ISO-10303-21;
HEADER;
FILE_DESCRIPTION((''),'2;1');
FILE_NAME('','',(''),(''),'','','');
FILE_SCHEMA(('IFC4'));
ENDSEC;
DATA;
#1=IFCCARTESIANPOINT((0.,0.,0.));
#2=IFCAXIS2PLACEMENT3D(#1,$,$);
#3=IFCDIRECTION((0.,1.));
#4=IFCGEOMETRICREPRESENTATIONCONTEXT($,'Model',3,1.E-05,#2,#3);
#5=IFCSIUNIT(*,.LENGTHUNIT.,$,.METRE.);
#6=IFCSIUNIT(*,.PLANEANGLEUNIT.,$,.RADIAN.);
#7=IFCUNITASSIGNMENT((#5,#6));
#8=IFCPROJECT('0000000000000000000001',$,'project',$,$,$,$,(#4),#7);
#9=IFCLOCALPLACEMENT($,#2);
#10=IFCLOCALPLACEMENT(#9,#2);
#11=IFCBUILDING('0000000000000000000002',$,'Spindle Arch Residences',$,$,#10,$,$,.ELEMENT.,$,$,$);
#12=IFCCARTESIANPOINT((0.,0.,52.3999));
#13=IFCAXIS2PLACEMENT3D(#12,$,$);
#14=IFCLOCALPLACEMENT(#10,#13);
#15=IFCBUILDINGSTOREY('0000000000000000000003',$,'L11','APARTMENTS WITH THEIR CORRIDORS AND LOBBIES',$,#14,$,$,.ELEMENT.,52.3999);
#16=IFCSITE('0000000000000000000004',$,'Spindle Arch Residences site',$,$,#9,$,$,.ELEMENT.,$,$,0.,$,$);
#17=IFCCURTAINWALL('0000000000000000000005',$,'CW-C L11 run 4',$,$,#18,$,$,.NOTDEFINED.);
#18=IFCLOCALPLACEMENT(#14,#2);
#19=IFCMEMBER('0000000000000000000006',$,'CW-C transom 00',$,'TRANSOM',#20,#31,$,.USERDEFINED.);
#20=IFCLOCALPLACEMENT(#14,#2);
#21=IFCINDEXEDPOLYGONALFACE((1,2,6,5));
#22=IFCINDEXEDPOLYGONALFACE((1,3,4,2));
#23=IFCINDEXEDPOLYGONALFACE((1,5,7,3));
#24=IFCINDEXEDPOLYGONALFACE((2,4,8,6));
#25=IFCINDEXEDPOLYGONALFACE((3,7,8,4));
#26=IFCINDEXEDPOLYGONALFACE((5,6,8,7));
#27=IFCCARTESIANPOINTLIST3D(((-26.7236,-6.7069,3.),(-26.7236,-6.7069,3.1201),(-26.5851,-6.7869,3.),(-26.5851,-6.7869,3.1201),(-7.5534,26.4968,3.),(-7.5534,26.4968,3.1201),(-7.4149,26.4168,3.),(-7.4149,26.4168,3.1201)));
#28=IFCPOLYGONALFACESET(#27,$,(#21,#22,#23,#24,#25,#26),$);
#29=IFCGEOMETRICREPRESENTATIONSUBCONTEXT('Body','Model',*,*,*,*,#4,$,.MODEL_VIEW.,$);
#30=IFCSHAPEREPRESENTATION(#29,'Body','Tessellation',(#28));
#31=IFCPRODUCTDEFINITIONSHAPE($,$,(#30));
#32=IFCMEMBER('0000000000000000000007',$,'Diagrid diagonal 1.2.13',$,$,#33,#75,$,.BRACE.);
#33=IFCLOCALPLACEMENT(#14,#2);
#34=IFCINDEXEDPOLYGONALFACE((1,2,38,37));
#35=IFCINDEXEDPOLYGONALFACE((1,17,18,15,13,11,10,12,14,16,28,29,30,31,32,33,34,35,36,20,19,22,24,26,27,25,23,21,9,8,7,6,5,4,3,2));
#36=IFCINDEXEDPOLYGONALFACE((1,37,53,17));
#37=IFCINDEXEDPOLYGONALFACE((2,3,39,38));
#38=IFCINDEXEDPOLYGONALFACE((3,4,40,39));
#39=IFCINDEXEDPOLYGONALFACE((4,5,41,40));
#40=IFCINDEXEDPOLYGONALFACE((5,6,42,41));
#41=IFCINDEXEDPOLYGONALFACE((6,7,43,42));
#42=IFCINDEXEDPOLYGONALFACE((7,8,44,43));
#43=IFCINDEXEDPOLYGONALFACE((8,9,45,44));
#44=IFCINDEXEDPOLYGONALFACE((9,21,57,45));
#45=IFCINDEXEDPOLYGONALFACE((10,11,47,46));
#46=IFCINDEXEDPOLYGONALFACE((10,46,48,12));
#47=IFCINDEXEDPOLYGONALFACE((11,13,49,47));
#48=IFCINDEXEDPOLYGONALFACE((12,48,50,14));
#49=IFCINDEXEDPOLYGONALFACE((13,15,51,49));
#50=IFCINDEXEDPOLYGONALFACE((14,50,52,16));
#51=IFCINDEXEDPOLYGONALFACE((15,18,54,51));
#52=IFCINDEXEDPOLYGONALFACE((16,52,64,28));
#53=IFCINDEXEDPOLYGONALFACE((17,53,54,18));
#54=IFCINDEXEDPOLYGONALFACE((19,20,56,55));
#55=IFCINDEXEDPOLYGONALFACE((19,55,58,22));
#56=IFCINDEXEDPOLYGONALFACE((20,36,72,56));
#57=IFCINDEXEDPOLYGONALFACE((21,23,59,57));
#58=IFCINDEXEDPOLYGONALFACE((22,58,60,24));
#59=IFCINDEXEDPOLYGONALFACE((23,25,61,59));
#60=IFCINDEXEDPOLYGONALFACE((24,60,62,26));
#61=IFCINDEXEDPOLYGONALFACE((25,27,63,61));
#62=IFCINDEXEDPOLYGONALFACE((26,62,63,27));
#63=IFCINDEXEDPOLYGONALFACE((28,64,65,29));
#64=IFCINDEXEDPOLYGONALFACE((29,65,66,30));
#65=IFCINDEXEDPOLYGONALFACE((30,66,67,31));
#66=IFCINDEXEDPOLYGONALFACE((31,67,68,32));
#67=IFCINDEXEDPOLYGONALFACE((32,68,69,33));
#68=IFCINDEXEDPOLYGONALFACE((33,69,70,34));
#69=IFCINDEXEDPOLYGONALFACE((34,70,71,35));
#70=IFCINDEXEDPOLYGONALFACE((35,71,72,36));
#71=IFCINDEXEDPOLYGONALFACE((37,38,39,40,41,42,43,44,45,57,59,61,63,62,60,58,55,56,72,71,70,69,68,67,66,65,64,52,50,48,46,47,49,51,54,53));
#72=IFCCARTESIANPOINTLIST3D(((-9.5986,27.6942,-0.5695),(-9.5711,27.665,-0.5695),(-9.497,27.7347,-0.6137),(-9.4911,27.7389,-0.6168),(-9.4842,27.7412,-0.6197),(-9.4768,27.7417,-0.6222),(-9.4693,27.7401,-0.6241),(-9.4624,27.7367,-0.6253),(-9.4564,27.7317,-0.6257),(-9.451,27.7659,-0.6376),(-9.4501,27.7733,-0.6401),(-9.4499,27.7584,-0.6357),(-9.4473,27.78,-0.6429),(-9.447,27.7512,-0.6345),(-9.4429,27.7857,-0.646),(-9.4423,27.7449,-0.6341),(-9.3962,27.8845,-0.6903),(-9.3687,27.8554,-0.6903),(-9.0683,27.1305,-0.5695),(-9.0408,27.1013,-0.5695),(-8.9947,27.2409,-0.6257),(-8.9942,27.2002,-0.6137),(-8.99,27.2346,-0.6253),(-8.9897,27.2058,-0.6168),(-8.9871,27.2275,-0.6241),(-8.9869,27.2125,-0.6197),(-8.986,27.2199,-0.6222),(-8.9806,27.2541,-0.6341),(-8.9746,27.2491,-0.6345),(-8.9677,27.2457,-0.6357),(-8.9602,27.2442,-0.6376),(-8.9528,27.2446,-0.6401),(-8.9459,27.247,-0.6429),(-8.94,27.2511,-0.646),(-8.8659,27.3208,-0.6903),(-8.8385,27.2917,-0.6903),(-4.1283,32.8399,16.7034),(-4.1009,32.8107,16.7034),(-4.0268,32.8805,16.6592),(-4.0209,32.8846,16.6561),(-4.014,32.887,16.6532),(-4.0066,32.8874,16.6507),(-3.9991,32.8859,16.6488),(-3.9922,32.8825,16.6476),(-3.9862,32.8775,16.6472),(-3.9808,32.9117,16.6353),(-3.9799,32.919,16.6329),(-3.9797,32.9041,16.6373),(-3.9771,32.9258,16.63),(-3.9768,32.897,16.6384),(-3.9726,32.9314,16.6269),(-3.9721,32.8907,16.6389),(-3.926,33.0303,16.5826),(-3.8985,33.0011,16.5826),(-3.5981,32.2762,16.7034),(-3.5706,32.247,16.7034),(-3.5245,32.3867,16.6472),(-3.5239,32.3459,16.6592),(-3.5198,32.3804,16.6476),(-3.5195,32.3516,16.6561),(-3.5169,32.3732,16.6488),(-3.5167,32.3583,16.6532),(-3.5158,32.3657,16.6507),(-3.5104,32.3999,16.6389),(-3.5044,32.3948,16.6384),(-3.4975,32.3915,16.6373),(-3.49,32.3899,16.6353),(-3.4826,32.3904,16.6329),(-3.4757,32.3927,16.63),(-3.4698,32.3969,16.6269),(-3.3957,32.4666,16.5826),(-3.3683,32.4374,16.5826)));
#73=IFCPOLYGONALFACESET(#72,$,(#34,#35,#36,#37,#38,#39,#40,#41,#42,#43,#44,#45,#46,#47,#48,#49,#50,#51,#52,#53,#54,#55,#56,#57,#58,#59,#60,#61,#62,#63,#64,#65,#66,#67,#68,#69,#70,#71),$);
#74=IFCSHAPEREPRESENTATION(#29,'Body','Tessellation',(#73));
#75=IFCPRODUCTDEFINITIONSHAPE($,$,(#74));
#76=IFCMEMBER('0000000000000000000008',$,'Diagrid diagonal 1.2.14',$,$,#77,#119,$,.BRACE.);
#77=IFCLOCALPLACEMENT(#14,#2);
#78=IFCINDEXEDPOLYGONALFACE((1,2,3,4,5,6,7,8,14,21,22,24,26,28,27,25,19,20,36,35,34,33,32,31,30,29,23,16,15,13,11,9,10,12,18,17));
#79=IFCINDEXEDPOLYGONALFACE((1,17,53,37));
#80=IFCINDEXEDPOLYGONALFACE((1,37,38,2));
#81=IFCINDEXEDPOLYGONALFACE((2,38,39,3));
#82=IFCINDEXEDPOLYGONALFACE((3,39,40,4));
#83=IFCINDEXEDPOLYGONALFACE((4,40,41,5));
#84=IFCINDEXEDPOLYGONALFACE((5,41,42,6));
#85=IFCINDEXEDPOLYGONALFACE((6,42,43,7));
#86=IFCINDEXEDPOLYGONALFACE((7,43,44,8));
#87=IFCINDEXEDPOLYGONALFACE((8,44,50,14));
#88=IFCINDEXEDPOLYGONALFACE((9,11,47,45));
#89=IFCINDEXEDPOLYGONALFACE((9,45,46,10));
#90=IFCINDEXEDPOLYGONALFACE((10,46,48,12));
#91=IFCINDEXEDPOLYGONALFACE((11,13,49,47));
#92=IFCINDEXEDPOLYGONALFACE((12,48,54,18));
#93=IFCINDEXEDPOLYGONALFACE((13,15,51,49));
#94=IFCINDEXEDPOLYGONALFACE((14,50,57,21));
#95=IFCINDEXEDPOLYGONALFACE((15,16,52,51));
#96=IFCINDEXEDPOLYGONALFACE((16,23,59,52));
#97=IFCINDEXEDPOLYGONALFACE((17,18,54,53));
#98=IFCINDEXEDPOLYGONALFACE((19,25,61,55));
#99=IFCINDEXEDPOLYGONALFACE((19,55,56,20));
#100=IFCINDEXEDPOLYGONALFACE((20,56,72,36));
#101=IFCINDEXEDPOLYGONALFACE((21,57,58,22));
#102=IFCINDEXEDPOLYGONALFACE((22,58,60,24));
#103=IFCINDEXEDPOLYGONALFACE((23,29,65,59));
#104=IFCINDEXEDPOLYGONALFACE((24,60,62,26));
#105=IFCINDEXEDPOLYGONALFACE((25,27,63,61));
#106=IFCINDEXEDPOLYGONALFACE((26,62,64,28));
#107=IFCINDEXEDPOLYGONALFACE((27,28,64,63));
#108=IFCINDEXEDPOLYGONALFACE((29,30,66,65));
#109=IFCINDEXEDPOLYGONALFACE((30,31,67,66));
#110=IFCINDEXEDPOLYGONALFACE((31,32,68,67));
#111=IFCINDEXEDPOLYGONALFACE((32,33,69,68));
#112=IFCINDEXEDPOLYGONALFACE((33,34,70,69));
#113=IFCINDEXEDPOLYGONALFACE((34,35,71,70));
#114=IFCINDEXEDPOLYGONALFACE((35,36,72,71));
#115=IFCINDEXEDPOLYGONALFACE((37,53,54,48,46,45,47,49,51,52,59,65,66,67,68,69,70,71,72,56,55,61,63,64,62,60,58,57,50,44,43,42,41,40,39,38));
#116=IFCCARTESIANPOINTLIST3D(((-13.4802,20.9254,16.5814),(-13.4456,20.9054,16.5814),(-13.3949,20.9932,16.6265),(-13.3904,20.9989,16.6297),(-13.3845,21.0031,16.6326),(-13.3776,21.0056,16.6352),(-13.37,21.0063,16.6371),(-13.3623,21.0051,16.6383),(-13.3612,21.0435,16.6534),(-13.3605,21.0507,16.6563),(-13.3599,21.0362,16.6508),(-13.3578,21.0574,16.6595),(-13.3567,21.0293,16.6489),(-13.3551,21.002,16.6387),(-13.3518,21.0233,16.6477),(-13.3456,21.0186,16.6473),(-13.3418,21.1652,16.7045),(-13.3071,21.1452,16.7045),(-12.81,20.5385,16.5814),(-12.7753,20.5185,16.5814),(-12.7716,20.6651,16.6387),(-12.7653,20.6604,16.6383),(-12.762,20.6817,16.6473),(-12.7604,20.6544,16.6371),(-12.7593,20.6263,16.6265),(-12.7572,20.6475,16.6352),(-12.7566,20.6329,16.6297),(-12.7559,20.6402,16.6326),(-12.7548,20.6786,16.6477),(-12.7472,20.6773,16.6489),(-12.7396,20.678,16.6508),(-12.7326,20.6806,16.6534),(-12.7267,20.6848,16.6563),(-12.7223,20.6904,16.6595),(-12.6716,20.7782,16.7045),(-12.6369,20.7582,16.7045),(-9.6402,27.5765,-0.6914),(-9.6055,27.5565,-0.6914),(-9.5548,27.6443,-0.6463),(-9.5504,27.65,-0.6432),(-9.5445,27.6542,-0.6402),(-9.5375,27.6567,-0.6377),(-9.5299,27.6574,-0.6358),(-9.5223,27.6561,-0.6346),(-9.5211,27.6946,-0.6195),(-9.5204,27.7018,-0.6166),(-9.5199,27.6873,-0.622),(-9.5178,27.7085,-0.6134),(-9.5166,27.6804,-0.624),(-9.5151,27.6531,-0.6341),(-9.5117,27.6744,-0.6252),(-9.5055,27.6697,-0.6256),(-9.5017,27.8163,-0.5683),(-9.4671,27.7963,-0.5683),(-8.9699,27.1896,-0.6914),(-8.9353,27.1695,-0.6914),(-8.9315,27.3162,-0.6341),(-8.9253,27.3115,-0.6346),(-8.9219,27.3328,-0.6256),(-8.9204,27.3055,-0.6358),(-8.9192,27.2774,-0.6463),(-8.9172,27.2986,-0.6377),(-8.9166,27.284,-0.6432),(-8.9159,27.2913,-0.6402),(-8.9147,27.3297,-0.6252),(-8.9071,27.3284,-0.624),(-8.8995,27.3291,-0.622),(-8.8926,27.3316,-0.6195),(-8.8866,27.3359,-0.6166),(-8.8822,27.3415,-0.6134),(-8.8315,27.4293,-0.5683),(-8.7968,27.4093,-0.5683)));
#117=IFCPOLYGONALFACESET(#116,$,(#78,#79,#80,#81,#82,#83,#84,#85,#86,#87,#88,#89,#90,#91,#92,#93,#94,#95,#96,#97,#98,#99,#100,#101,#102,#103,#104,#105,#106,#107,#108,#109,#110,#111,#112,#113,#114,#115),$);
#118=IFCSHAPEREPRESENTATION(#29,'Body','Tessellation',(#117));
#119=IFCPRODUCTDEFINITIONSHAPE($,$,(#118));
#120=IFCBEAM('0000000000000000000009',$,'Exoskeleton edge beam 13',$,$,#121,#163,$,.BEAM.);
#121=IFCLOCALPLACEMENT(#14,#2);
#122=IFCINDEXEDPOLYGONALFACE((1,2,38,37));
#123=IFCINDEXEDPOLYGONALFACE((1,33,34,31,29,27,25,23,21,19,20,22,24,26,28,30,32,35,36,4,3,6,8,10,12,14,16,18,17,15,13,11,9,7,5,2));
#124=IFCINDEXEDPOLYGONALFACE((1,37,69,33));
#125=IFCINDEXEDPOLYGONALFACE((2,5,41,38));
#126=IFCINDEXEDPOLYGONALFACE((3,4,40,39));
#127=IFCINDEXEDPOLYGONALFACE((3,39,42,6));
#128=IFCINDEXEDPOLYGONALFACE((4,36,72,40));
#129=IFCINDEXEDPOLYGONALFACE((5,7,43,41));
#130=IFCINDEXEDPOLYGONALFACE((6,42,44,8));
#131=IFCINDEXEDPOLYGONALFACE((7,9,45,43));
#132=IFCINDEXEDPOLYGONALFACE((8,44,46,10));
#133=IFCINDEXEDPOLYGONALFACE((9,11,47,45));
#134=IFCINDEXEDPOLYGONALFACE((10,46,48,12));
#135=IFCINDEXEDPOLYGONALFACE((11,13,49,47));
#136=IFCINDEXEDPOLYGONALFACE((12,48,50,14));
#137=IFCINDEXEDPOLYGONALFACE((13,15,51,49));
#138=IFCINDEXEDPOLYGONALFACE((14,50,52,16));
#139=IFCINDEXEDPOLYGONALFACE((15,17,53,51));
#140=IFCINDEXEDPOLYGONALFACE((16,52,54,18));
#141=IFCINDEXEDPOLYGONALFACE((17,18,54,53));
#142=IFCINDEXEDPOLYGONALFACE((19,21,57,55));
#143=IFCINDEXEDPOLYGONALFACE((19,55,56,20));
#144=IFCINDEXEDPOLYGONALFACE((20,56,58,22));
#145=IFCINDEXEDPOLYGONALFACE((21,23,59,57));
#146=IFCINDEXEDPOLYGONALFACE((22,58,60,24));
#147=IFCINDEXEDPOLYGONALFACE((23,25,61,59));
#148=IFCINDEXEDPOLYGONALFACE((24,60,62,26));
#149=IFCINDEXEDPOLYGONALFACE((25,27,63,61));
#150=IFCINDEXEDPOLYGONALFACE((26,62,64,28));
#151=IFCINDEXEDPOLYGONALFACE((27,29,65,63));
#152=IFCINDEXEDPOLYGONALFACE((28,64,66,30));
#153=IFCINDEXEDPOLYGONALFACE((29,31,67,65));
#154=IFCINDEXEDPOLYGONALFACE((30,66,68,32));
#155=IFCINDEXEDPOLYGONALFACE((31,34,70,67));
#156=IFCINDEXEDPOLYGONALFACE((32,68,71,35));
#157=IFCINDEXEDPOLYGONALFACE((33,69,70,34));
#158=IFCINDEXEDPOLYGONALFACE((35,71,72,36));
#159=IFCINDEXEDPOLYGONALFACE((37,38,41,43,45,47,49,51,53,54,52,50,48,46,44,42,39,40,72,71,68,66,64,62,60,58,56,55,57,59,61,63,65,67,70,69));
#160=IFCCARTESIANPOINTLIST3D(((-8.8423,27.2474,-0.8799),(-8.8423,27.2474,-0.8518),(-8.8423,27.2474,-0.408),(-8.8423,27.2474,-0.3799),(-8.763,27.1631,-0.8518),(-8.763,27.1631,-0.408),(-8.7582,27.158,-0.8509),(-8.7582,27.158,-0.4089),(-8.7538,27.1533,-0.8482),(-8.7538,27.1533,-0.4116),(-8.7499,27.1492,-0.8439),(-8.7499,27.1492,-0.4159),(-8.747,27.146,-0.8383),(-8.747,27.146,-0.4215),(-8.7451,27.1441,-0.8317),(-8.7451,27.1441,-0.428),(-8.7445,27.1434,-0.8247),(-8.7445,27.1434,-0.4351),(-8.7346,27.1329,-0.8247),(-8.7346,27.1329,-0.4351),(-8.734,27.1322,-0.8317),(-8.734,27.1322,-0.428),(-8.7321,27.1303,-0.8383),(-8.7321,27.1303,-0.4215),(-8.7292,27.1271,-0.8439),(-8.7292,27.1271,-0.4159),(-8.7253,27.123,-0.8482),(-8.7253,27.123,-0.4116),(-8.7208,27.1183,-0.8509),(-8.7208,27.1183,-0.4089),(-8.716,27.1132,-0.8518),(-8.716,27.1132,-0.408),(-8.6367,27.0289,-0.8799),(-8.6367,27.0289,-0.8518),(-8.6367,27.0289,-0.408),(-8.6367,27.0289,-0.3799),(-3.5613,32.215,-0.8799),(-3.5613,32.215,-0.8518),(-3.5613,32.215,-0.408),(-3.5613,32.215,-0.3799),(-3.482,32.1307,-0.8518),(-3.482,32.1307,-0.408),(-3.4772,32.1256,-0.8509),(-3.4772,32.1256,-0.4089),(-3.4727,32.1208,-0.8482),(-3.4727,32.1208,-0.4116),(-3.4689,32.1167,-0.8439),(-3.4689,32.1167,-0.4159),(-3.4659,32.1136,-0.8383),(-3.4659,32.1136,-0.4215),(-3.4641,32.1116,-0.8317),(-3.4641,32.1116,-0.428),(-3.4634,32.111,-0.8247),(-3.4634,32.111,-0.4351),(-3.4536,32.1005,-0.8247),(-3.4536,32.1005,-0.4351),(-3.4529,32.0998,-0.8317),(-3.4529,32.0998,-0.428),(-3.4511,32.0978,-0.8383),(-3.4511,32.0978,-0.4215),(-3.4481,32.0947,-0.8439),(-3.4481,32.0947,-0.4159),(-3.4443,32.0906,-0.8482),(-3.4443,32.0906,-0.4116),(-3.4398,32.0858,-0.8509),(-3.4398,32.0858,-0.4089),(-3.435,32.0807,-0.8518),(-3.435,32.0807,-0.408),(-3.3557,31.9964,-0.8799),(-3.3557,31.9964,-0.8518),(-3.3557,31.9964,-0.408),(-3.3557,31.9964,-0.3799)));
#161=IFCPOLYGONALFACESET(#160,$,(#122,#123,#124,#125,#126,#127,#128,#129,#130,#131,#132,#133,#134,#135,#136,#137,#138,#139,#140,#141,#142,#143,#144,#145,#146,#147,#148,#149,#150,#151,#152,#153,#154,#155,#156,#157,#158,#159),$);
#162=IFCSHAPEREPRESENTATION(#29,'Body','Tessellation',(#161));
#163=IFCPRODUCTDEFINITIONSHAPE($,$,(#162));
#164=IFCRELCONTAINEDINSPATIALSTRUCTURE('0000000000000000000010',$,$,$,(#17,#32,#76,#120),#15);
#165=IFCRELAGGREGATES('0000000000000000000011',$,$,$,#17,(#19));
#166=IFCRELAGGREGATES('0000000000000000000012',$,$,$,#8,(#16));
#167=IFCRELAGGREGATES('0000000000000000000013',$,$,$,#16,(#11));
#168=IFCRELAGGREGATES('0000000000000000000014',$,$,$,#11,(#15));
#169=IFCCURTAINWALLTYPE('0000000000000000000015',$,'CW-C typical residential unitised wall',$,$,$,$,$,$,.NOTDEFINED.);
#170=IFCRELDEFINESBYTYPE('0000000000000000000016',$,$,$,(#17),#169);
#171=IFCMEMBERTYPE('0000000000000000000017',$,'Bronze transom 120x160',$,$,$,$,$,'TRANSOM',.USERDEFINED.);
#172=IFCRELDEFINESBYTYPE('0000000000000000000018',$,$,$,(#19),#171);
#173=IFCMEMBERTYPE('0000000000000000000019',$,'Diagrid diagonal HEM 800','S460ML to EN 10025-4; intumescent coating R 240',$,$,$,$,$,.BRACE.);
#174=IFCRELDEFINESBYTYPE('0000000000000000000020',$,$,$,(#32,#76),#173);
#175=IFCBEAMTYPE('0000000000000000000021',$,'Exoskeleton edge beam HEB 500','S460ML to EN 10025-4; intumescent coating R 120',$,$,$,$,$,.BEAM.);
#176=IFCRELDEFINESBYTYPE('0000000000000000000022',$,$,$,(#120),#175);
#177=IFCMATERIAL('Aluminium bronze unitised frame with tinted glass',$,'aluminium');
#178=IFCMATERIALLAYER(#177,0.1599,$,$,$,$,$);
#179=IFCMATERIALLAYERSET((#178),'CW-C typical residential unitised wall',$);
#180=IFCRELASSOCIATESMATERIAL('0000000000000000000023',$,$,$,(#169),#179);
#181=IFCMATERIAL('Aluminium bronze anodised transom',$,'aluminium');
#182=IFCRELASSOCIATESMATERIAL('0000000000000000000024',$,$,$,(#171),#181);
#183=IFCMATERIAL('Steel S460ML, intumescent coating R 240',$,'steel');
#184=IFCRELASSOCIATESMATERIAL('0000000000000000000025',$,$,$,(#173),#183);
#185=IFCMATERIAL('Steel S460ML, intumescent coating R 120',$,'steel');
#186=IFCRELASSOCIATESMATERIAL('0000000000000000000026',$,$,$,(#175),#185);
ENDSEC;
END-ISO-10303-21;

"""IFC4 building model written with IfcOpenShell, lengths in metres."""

from ifc_helpers import new_model, si_unit, direction, frame, origin, origin_2d, place, context, subcontext, project, spatial, rectangle, i_section, extrude, material, layer, layer_set, material_profile, profile_set, type_object, element, aggregate, save


model = new_model("IFC4")

# Units and contexts
model_context = context("Model", 3, precision=1e-05, world=origin(), true_north=direction((0.0, 1.0)))
body_context = subcontext(model_context, "Body", "Model", "MODEL_VIEW")
ifc_project = project(units=[si_unit("LENGTHUNIT", "METRE"), si_unit("PLANEANGLEUNIT", "RADIAN")], contexts=[model_context])

# Site, building, storey
site_placement = place(None, origin())
site = spatial("IfcSite", under=ifc_project, at=site_placement, Name="Spindle Arch Residences site", CompositionType="ELEMENT", RefElevation=0.0)
building_placement = place(site_placement, origin())
building = spatial("IfcBuilding", under=site, at=building_placement, Name="Spindle Arch Residences", CompositionType="ELEMENT")
storey_placement = place(building_placement, frame((0.0, 0.0, 52.3999)))
storey = spatial("IfcBuildingStorey", under=building, at=storey_placement, Name="L11", Description="APARTMENTS WITH THEIR CORRIDORS AND LOBBIES", CompositionType="ELEMENT", Elevation=52.3999)

# Curtain wall
ifc_material_1 = material(Name="Aluminium bronze unitised frame with tinted glass", Category="aluminium")
ifc_layer_1 = layer(ifc_material_1, 0.1599)
ifc_layer_set_1 = layer_set([ifc_layer_1], Name="CW-C typical residential unitised wall")
curtain_wall_type_1 = type_object("IfcCurtainWallType", Name="CW-C typical residential unitised wall", PredefinedType="NOTDEFINED", material=ifc_layer_set_1)
curtain_wall_1_placement = place(storey_placement, origin())
curtain_wall_1 = element("IfcCurtainWall", 1, at=curtain_wall_1_placement, inside=storey, type_object=curtain_wall_type_1, Name="CW-C L11 run 4", PredefinedType="NOTDEFINED")

# Member
ifc_material_2 = material(Name="Aluminium bronze anodised transom", Category="aluminium")
ifc_material_profile_1 = material_profile(ifc_material_2, rectangle(XDim=0.1599, YDim=0.1201, at=origin_2d()), Name="TR 120x160")
ifc_profile_set_1 = profile_set([ifc_material_profile_1], Name="Aluminium bronze anodised transom")
member_type_1 = type_object("IfcMemberType", Name="Bronze transom 120x160", ElementType="TRANSOM", PredefinedType="USERDEFINED", material=ifc_profile_set_1)
member_1_placement = place(storey_placement, frame((-7.4841, 26.4568, 3.0601), z_axis=(-0.500001, -0.866025, 0.0), x_axis=(0.866025, -0.500001, 0.0)))
member_1 = element("IfcMember", 2, at=member_1_placement, type_object=member_type_1, Name="CW-C transom 00", ObjectType="TRANSOM", PredefinedType="USERDEFINED", context=body_context, shape_type="SweptSolid", body=[
    extrude(rectangle(XDim=0.1599, YDim=0.1201, at=origin_2d()), origin(), (0.0, 0.0, 1.0), 38.3403),
])

# Members
ifc_material_3 = material(Name="Steel S460ML, intumescent coating R 240", Category="steel")
ifc_material_profile_2 = material_profile(ifc_material_3, i_section(OverallWidth=0.303, OverallDepth=0.814, WebThickness=0.021, FlangeThickness=0.04, FilletRadius=0.03, at=origin_2d()), Name="HEM 800")
ifc_profile_set_2 = profile_set([ifc_material_profile_2], Name="Steel S460ML, intumescent coating R 240")
member_type_2 = type_object("IfcMemberType", Name="Diagrid diagonal HEM 800", Description="S460ML to EN 10025-4; intumescent coating R 240", PredefinedType="BRACE", material=ifc_profile_set_2)
member_2_placement = place(storey_placement, frame((-9.2185, 27.4929, -0.6299), z_axis=(0.290428, 0.273202, 0.917067), x_axis=(-0.667972, -0.628352, 0.398733)))
element("IfcMember", 3, at=member_2_placement, inside=storey, type_object=member_type_2, Name="Diagrid diagonal 1.2.13", PredefinedType="BRACE", context=body_context, shape_type="SweptSolid", body=[
    extrude(i_section(OverallWidth=0.303, OverallDepth=0.814, WebThickness=0.021, FlangeThickness=0.04, FilletRadius=0.03, at=origin_2d()), origin(), (0.0, 0.0, 1.0), 18.835),
])
member_3_placement = place(storey_placement, frame((-9.2185, 27.4929, -0.6299), z_axis=(-0.203143, -0.351848, 0.913748), x_axis=(0.45688, 0.791326, 0.406281)))
element("IfcMember", 4, at=member_3_placement, inside=storey, type_object=member_type_2, Name="Diagrid diagonal 1.2.14", PredefinedType="BRACE", context=body_context, shape_type="SweptSolid", body=[
    extrude(i_section(OverallWidth=0.303, OverallDepth=0.814, WebThickness=0.021, FlangeThickness=0.04, FilletRadius=0.03, at=origin_2d()), origin(), (0.0, 0.0, 1.0), 18.9033),
])

# Beam
ifc_material_4 = material(Name="Steel S460ML, intumescent coating R 120", Category="steel")
ifc_material_profile_3 = material_profile(ifc_material_4, i_section(OverallWidth=0.3, OverallDepth=0.5, WebThickness=0.0144, FlangeThickness=0.0281, FilletRadius=0.0271, at=origin_2d()), Name="HEB 500")
ifc_profile_set_3 = profile_set([ifc_material_profile_3], Name="Steel S460ML, intumescent coating R 120")
beam_type_1 = type_object("IfcBeamType", Name="Exoskeleton edge beam HEB 500", Description="S460ML to EN 10025-4; intumescent coating R 120", PredefinedType="BEAM", material=ifc_profile_set_3)
beam_1_placement = place(storey_placement, frame((-3.4585, 32.1057, -0.6299), z_axis=(-0.728395, -0.685158, 0.0), x_axis=(0.685158, -0.728395, 0.0)))
element("IfcBeam", 5, at=beam_1_placement, inside=storey, type_object=beam_type_1, Name="Exoskeleton edge beam 13", PredefinedType="BEAM", context=body_context, shape_type="SweptSolid", body=[
    extrude(i_section(OverallWidth=0.3, OverallDepth=0.5, WebThickness=0.0144, FlangeThickness=0.0281, FilletRadius=0.0271, at=origin_2d()), origin(), (0.0, 0.0, 1.0), 7.2502),
])

aggregate(curtain_wall_1, [member_1])

save(model, "model.ifc")
